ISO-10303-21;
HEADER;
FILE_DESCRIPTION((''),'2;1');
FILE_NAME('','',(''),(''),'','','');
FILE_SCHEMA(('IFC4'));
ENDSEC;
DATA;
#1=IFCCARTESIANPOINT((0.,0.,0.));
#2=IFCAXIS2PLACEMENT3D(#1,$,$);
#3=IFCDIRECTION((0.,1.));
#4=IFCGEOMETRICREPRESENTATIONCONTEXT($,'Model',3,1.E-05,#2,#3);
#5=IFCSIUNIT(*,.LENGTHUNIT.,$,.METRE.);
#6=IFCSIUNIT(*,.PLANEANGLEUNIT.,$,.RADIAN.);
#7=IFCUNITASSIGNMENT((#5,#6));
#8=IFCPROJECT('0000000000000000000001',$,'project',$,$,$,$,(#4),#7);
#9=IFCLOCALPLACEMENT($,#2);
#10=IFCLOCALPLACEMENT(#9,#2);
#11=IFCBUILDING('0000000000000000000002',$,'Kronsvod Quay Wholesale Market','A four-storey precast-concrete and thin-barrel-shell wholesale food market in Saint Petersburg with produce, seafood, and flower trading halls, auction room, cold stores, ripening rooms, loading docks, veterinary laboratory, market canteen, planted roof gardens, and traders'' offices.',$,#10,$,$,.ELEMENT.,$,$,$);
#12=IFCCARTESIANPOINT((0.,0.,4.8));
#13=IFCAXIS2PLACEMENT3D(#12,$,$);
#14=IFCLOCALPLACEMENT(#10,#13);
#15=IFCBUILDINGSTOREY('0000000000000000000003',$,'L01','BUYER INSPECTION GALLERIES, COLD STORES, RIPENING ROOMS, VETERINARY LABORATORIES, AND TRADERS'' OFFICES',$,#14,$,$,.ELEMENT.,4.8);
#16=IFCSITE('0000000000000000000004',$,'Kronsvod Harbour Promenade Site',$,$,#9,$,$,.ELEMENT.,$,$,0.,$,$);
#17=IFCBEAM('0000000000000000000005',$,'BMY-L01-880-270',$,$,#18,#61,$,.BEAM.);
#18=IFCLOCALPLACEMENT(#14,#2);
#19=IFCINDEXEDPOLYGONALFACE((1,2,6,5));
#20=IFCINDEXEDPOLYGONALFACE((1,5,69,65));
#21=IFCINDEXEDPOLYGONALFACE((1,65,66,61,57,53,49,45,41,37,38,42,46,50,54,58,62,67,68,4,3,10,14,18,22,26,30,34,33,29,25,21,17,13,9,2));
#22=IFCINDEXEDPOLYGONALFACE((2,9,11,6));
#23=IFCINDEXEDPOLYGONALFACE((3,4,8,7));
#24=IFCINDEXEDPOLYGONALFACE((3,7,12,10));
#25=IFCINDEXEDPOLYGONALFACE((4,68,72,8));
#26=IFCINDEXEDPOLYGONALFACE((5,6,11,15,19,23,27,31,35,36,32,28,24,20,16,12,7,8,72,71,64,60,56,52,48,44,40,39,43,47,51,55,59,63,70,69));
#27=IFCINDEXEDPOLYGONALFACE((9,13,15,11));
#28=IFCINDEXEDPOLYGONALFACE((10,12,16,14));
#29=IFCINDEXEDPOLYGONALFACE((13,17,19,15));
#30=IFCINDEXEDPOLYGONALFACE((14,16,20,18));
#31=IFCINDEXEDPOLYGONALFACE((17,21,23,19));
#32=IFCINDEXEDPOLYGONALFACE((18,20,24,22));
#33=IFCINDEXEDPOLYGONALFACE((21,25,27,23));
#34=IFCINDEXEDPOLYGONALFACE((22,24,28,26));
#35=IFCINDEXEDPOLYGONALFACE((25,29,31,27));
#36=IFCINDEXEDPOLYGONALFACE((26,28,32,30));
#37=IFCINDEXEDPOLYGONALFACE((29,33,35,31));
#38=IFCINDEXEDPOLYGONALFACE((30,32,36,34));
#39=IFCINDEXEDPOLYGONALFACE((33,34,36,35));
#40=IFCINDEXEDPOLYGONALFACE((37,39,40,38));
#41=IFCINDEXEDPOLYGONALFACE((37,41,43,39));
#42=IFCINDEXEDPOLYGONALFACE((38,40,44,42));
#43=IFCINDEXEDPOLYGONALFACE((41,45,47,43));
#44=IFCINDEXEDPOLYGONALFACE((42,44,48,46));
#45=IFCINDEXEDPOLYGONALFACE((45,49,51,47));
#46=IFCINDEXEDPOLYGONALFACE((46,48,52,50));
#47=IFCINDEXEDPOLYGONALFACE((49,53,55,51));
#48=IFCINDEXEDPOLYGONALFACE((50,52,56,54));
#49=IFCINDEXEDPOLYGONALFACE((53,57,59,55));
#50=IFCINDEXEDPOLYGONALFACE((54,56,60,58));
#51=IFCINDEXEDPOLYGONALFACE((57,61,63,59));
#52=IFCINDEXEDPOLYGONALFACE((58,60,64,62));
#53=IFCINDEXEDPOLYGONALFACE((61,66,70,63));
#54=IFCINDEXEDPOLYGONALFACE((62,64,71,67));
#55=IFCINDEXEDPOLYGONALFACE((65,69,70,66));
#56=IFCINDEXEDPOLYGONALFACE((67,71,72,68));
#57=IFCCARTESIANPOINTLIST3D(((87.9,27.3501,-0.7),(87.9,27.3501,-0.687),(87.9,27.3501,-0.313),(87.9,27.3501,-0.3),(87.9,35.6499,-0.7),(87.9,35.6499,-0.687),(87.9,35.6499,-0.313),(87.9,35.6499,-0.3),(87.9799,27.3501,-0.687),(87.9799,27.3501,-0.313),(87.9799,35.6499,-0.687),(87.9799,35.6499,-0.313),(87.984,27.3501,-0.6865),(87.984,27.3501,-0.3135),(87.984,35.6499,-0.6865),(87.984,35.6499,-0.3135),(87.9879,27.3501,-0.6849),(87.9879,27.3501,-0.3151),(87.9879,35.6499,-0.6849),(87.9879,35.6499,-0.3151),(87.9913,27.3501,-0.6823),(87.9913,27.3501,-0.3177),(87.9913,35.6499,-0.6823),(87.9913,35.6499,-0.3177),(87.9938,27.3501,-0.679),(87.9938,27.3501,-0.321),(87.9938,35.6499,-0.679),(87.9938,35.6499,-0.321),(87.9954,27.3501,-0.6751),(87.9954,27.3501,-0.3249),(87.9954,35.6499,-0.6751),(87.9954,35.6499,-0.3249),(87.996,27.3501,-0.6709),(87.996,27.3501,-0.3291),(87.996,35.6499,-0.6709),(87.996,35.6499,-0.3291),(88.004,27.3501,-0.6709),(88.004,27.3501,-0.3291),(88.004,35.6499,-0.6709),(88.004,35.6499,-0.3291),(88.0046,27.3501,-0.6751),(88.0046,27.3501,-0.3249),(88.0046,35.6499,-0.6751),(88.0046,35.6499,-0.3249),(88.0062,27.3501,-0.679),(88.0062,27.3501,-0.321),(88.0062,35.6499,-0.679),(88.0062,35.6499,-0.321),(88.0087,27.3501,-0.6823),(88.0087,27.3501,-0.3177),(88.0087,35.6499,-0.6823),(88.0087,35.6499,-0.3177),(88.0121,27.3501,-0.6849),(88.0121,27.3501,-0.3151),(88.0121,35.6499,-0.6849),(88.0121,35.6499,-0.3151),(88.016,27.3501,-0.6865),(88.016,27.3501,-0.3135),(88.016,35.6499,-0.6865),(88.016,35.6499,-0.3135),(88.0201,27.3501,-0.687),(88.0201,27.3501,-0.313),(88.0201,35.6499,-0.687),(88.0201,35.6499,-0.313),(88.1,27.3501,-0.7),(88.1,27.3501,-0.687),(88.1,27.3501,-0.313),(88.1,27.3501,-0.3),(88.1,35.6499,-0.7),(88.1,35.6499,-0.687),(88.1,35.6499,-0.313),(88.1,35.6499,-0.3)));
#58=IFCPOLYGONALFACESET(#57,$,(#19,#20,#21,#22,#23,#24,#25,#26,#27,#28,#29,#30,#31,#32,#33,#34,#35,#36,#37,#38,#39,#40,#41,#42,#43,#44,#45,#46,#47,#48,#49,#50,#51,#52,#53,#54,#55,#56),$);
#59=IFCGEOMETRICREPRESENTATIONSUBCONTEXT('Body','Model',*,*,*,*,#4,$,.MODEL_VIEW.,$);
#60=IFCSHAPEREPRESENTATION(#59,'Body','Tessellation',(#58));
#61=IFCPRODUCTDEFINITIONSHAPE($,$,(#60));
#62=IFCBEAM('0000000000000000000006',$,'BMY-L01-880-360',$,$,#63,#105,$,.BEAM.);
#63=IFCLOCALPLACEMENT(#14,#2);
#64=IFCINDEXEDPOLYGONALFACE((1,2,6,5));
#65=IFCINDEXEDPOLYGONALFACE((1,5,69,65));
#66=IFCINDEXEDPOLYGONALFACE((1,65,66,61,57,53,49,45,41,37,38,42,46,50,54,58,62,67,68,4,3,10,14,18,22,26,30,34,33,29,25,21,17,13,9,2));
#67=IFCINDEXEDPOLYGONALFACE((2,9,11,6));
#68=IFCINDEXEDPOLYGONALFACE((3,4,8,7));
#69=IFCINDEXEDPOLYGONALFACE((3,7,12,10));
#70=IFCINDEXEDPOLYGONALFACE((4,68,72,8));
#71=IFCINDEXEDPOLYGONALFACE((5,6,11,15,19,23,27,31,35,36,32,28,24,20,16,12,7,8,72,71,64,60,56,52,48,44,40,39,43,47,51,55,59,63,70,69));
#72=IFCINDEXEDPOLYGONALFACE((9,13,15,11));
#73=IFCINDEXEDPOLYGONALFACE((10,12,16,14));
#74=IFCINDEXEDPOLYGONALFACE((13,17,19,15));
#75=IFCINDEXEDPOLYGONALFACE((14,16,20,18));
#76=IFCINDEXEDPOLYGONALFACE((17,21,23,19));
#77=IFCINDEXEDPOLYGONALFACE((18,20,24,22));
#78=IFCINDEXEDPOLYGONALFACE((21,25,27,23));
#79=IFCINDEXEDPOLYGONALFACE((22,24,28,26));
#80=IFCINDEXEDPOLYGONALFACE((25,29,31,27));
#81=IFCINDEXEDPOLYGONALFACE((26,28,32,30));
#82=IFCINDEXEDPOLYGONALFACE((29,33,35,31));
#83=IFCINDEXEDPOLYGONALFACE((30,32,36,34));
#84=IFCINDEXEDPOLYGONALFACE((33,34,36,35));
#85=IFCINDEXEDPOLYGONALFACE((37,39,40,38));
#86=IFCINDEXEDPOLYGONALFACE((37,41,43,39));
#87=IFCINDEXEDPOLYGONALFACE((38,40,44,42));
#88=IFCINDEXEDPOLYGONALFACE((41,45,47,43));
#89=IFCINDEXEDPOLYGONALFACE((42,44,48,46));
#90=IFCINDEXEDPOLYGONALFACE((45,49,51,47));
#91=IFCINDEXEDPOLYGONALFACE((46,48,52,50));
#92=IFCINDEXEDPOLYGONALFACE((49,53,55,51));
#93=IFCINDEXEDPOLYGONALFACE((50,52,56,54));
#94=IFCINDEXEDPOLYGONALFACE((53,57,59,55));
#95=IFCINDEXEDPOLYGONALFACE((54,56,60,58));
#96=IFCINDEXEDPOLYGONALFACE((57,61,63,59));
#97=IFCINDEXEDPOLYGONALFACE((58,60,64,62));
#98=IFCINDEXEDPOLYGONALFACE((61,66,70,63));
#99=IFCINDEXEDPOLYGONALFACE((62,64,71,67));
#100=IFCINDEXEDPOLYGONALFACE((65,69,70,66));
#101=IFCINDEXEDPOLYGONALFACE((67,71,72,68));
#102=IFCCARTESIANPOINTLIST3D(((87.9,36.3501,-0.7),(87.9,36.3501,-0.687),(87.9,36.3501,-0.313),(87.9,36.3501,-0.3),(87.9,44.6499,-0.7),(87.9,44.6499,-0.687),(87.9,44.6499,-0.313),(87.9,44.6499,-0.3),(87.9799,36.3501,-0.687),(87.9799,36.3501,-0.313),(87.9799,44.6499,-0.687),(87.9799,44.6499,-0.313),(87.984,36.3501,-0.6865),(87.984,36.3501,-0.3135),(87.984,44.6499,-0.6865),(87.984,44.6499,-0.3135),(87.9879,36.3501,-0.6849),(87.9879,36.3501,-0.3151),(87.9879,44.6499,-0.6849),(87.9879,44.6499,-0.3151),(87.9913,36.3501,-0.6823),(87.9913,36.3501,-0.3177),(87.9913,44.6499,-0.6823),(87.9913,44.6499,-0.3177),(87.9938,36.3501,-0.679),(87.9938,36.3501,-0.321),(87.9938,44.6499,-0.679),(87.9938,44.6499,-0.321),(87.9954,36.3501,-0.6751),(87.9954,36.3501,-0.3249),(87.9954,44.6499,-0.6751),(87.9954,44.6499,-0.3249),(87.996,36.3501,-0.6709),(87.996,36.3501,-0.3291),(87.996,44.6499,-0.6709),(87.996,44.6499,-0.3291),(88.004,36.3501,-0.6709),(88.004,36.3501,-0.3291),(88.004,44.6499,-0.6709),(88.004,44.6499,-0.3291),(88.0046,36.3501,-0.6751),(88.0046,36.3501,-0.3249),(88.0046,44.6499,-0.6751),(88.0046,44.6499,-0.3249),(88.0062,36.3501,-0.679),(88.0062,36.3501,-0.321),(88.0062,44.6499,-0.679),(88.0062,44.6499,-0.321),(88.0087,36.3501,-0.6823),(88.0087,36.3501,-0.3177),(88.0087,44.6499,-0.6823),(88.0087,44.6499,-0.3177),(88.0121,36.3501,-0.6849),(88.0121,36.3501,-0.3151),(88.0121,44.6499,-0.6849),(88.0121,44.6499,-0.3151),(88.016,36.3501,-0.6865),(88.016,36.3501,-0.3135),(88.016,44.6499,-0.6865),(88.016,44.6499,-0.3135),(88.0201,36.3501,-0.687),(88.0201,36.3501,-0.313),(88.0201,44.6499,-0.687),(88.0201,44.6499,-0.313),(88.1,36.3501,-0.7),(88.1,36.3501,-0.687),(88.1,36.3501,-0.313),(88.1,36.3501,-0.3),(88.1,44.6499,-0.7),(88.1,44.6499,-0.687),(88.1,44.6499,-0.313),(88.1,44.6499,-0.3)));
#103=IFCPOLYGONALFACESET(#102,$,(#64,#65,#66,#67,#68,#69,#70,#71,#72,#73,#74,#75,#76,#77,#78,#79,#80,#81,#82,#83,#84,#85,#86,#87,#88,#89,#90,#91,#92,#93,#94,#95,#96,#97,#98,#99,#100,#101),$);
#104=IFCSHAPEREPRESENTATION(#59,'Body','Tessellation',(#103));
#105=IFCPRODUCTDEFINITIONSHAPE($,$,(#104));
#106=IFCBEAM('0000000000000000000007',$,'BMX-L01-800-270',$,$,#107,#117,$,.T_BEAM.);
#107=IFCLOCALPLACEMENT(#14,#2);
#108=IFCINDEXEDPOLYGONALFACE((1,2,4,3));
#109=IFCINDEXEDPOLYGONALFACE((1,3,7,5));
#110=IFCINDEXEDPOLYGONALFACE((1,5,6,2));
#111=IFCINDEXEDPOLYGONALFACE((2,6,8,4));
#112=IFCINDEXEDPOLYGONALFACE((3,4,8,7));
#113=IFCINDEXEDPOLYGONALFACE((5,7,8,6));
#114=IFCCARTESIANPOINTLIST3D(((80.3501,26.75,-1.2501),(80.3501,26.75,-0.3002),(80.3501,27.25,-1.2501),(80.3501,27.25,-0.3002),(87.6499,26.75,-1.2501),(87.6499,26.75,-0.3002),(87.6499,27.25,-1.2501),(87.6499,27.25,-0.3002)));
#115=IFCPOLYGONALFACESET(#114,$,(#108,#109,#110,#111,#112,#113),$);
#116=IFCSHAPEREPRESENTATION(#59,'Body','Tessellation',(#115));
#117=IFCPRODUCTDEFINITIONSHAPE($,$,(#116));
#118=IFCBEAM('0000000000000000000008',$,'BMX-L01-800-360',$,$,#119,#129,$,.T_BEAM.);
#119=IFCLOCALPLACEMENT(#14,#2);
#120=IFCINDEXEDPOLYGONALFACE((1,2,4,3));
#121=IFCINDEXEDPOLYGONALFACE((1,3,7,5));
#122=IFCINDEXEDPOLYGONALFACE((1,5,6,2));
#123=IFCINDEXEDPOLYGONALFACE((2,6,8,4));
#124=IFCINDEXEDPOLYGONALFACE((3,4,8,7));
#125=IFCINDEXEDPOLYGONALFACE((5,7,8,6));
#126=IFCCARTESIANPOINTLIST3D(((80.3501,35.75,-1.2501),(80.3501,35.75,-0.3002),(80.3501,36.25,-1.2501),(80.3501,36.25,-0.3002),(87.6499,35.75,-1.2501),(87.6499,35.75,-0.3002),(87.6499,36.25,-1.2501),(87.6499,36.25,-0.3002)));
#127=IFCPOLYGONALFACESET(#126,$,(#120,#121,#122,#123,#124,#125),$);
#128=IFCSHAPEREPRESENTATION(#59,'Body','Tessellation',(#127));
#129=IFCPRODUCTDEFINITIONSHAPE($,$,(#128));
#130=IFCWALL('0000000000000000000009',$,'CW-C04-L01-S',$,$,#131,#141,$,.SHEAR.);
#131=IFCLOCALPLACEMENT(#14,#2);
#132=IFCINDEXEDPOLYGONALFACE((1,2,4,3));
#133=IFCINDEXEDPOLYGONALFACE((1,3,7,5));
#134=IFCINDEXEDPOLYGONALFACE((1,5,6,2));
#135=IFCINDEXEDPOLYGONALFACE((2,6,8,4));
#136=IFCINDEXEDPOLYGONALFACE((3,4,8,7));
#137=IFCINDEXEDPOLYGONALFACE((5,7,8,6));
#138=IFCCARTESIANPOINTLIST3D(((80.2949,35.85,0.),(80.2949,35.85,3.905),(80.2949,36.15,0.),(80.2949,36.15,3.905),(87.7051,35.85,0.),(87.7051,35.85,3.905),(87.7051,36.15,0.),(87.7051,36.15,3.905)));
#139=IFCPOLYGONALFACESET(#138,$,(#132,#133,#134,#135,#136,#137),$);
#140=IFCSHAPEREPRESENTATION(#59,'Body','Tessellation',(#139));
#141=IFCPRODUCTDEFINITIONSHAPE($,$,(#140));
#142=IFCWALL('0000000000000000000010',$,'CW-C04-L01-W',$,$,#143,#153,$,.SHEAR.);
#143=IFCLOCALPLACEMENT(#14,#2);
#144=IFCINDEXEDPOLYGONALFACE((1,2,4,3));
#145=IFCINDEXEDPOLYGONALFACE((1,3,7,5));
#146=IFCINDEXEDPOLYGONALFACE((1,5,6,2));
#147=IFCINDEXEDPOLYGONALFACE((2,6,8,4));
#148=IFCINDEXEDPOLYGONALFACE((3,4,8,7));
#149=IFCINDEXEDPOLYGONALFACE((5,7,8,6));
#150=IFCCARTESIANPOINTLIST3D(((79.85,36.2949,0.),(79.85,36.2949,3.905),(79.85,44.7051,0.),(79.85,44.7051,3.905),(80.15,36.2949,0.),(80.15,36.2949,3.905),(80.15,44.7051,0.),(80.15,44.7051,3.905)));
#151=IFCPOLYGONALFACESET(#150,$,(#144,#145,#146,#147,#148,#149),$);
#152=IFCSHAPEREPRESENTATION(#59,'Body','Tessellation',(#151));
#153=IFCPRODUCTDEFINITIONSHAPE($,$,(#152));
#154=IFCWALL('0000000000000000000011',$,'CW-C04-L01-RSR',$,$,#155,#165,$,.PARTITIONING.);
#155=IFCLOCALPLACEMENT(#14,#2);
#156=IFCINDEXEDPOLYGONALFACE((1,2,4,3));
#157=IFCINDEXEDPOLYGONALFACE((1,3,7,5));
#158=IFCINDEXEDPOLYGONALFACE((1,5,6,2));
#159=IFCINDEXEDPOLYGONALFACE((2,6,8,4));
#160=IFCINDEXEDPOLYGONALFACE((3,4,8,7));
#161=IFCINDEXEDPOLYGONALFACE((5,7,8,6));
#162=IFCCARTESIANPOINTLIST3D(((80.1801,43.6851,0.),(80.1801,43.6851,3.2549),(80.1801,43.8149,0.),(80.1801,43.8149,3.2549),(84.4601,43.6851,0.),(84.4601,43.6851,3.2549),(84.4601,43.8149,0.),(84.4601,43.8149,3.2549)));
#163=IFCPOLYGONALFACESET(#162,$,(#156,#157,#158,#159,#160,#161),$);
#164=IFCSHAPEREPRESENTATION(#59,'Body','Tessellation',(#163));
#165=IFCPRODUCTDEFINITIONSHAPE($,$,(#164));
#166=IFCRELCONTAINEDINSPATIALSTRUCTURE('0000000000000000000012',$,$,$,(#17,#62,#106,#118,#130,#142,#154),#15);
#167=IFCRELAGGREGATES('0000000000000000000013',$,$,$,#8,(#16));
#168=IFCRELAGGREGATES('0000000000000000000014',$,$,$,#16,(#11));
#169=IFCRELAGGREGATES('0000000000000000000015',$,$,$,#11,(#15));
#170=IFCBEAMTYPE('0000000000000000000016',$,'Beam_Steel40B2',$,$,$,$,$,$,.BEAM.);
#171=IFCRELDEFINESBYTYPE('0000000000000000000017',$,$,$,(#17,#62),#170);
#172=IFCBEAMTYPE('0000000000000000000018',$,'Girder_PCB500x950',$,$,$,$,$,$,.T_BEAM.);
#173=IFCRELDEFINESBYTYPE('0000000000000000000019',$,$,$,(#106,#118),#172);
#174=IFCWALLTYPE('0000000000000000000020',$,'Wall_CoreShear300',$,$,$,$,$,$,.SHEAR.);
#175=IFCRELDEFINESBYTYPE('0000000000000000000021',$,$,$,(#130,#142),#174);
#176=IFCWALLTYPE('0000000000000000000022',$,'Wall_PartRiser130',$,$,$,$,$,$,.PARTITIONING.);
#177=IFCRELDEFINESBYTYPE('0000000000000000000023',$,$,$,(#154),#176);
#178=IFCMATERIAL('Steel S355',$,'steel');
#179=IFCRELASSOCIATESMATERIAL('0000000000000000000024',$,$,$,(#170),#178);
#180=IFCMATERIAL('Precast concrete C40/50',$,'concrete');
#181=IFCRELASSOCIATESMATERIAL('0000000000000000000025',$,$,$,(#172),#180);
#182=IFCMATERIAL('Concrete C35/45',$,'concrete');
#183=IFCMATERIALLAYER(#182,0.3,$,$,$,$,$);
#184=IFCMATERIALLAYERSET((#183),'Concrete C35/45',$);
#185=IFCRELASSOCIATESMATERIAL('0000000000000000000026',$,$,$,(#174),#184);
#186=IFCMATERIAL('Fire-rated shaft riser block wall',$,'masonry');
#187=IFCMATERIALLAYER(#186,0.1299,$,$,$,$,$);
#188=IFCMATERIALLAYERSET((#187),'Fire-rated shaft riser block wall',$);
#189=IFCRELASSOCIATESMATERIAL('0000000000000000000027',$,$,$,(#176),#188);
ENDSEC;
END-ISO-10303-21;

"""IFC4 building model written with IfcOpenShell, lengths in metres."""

from ifc_helpers import new_model, si_unit, direction, frame, frame_2d, origin, origin_2d, place, context, subcontext, project, spatial, rectangle, i_section, extrude, material, layer, layer_set, material_profile, profile_set, type_object, element, save


model = new_model("IFC4")

# Units and contexts
model_context = context("Model", 3, precision=1e-05, world=origin(), true_north=direction((0.0, 1.0)))
body_context = subcontext(model_context, "Body", "Model", "MODEL_VIEW")
ifc_project = project(units=[si_unit("LENGTHUNIT", "METRE"), si_unit("PLANEANGLEUNIT", "RADIAN")], contexts=[model_context])

# Site, building, storey
site_placement = place(None, origin())
site = spatial("IfcSite", under=ifc_project, at=site_placement, Name="Kronsvod Harbour Promenade Site", CompositionType="ELEMENT", RefElevation=0.0)
building_placement = place(site_placement, origin())
building = spatial("IfcBuilding", under=site, at=building_placement, Name="Kronsvod Quay Wholesale Market", Description="A four-storey precast-concrete and thin-barrel-shell wholesale food market in Saint Petersburg with produce, seafood, and flower trading halls, auction room, cold stores, ripening rooms, loading docks, veterinary laboratory, market canteen, planted roof gardens, and traders' offices.", CompositionType="ELEMENT")
storey_placement = place(building_placement, frame((0.0, 0.0, 4.8)))
storey = spatial("IfcBuildingStorey", under=building, at=storey_placement, Name="L01", Description="BUYER INSPECTION GALLERIES, COLD STORES, RIPENING ROOMS, VETERINARY LABORATORIES, AND TRADERS' OFFICES", CompositionType="ELEMENT", Elevation=4.8)

# Beams
ifc_material_1 = material(Name="Steel S355", Category="steel")
ifc_material_profile_1 = material_profile(ifc_material_1, i_section(OverallWidth=0.2, OverallDepth=0.3999, WebThickness=0.0081, FlangeThickness=0.0129, FilletRadius=0.0161, at=origin_2d()), Name="40B2")
ifc_profile_set_1 = profile_set([ifc_material_profile_1], Name="Steel S355")
beam_type_1 = type_object("IfcBeamType", Name="Beam_Steel40B2", PredefinedType="BEAM", material=ifc_profile_set_1)
for number, where, z_axis, x_axis, name in (
    (1, (88.0, 27.3501, -0.5), (0.0, 1.0, 0.0), (-1.0, 0.0, 0.0), "BMY-L01-880-270"),
    (2, (88.0, 36.3501, -0.5), (0.0, 1.0, 0.0), (-1.0, 0.0, 0.0), "BMY-L01-880-360"),
):
    element("IfcBeam", number, at=place(storey_placement, frame(where, z_axis=z_axis, x_axis=x_axis)), inside=storey, type_object=beam_type_1, Name=name, PredefinedType="BEAM", context=body_context, shape_type="SweptSolid", body=[
        extrude(i_section(OverallWidth=0.2, OverallDepth=0.3999, WebThickness=0.0081, FlangeThickness=0.0129, FilletRadius=0.0161, at=origin_2d()), origin(), (0.0, 0.0, 1.0), 8.2998),
    ])
ifc_material_2 = material(Name="Precast concrete C40/50", Category="concrete")
ifc_material_profile_2 = material_profile(ifc_material_2, rectangle(XDim=0.5, YDim=0.95, at=origin_2d()), Name="PCB500x950")
ifc_profile_set_2 = profile_set([ifc_material_profile_2], Name="Precast concrete C40/50")
beam_type_2 = type_object("IfcBeamType", Name="Girder_PCB500x950", PredefinedType="T_BEAM", material=ifc_profile_set_2)
for number, where, z_axis, x_axis, name in (
    (3, (80.3501, 27.0, -0.7751), (1.0, 0.0, 0.0), (0.0, 1.0, 0.0), "BMX-L01-800-270"),
    (4, (80.3501, 36.0, -0.7751), (1.0, 0.0, 0.0), (0.0, 1.0, 0.0), "BMX-L01-800-360"),
):
    element("IfcBeam", number, at=place(storey_placement, frame(where, z_axis=z_axis, x_axis=x_axis)), inside=storey, type_object=beam_type_2, Name=name, PredefinedType="T_BEAM", context=body_context, shape_type="SweptSolid", body=[
        extrude(rectangle(XDim=0.5, YDim=0.95, at=origin_2d()), origin(), (0.0, 0.0, 1.0), 7.2998),
    ])

# Walls
ifc_material_3 = material(Name="Concrete C35/45", Category="concrete")
ifc_layer_1 = layer(ifc_material_3, 0.3)
ifc_layer_set_1 = layer_set([ifc_layer_1], Name="Concrete C35/45")
wall_type_1 = type_object("IfcWallType", Name="Wall_CoreShear300", PredefinedType="SHEAR", material=ifc_layer_set_1)
wall_1_placement = place(storey_placement, frame((80.2949, 36.0, 0.0), z_axis=(0.0, 0.0, 1.0), x_axis=(1.0, 0.0, 0.0)))
element("IfcWall", 5, at=wall_1_placement, inside=storey, type_object=wall_type_1, Name="CW-C04-L01-S", PredefinedType="SHEAR", context=body_context, shape_type="SweptSolid", body=[
    extrude(rectangle(XDim=7.4102, YDim=0.3, at=frame_2d((3.7051, 0.0))), origin(), (0.0, 0.0, 1.0), 3.905),
])
wall_2_placement = place(storey_placement, frame((80.0, 36.2949, 0.0), z_axis=(0.0, 0.0, 1.0), x_axis=(0.0, 1.0, 0.0)))
element("IfcWall", 6, at=wall_2_placement, inside=storey, type_object=wall_type_1, Name="CW-C04-L01-W", PredefinedType="SHEAR", context=body_context, shape_type="SweptSolid", body=[
    extrude(rectangle(XDim=8.4102, YDim=0.3, at=frame_2d((4.2051, 0.0))), origin(), (0.0, 0.0, 1.0), 3.905),
])
ifc_material_4 = material(Name="Fire-rated shaft riser block wall", Category="masonry")
ifc_layer_2 = layer(ifc_material_4, 0.1299)
ifc_layer_set_2 = layer_set([ifc_layer_2], Name="Fire-rated shaft riser block wall")
wall_type_2 = type_object("IfcWallType", Name="Wall_PartRiser130", PredefinedType="PARTITIONING", material=ifc_layer_set_2)
wall_3_placement = place(storey_placement, frame((80.1799, 43.75, 0.0), z_axis=(0.0, 0.0, 1.0), x_axis=(1.0, 0.0, 0.0)))
element("IfcWall", 7, at=wall_3_placement, inside=storey, type_object=wall_type_2, Name="CW-C04-L01-RSR", PredefinedType="PARTITIONING", context=body_context, shape_type="SweptSolid", body=[
    extrude(rectangle(XDim=4.28, YDim=0.1299, at=frame_2d((2.1401, 0.0))), origin(), (0.0, 0.0, 1.0), 3.2549),
])

save(model, "model.ifc")
